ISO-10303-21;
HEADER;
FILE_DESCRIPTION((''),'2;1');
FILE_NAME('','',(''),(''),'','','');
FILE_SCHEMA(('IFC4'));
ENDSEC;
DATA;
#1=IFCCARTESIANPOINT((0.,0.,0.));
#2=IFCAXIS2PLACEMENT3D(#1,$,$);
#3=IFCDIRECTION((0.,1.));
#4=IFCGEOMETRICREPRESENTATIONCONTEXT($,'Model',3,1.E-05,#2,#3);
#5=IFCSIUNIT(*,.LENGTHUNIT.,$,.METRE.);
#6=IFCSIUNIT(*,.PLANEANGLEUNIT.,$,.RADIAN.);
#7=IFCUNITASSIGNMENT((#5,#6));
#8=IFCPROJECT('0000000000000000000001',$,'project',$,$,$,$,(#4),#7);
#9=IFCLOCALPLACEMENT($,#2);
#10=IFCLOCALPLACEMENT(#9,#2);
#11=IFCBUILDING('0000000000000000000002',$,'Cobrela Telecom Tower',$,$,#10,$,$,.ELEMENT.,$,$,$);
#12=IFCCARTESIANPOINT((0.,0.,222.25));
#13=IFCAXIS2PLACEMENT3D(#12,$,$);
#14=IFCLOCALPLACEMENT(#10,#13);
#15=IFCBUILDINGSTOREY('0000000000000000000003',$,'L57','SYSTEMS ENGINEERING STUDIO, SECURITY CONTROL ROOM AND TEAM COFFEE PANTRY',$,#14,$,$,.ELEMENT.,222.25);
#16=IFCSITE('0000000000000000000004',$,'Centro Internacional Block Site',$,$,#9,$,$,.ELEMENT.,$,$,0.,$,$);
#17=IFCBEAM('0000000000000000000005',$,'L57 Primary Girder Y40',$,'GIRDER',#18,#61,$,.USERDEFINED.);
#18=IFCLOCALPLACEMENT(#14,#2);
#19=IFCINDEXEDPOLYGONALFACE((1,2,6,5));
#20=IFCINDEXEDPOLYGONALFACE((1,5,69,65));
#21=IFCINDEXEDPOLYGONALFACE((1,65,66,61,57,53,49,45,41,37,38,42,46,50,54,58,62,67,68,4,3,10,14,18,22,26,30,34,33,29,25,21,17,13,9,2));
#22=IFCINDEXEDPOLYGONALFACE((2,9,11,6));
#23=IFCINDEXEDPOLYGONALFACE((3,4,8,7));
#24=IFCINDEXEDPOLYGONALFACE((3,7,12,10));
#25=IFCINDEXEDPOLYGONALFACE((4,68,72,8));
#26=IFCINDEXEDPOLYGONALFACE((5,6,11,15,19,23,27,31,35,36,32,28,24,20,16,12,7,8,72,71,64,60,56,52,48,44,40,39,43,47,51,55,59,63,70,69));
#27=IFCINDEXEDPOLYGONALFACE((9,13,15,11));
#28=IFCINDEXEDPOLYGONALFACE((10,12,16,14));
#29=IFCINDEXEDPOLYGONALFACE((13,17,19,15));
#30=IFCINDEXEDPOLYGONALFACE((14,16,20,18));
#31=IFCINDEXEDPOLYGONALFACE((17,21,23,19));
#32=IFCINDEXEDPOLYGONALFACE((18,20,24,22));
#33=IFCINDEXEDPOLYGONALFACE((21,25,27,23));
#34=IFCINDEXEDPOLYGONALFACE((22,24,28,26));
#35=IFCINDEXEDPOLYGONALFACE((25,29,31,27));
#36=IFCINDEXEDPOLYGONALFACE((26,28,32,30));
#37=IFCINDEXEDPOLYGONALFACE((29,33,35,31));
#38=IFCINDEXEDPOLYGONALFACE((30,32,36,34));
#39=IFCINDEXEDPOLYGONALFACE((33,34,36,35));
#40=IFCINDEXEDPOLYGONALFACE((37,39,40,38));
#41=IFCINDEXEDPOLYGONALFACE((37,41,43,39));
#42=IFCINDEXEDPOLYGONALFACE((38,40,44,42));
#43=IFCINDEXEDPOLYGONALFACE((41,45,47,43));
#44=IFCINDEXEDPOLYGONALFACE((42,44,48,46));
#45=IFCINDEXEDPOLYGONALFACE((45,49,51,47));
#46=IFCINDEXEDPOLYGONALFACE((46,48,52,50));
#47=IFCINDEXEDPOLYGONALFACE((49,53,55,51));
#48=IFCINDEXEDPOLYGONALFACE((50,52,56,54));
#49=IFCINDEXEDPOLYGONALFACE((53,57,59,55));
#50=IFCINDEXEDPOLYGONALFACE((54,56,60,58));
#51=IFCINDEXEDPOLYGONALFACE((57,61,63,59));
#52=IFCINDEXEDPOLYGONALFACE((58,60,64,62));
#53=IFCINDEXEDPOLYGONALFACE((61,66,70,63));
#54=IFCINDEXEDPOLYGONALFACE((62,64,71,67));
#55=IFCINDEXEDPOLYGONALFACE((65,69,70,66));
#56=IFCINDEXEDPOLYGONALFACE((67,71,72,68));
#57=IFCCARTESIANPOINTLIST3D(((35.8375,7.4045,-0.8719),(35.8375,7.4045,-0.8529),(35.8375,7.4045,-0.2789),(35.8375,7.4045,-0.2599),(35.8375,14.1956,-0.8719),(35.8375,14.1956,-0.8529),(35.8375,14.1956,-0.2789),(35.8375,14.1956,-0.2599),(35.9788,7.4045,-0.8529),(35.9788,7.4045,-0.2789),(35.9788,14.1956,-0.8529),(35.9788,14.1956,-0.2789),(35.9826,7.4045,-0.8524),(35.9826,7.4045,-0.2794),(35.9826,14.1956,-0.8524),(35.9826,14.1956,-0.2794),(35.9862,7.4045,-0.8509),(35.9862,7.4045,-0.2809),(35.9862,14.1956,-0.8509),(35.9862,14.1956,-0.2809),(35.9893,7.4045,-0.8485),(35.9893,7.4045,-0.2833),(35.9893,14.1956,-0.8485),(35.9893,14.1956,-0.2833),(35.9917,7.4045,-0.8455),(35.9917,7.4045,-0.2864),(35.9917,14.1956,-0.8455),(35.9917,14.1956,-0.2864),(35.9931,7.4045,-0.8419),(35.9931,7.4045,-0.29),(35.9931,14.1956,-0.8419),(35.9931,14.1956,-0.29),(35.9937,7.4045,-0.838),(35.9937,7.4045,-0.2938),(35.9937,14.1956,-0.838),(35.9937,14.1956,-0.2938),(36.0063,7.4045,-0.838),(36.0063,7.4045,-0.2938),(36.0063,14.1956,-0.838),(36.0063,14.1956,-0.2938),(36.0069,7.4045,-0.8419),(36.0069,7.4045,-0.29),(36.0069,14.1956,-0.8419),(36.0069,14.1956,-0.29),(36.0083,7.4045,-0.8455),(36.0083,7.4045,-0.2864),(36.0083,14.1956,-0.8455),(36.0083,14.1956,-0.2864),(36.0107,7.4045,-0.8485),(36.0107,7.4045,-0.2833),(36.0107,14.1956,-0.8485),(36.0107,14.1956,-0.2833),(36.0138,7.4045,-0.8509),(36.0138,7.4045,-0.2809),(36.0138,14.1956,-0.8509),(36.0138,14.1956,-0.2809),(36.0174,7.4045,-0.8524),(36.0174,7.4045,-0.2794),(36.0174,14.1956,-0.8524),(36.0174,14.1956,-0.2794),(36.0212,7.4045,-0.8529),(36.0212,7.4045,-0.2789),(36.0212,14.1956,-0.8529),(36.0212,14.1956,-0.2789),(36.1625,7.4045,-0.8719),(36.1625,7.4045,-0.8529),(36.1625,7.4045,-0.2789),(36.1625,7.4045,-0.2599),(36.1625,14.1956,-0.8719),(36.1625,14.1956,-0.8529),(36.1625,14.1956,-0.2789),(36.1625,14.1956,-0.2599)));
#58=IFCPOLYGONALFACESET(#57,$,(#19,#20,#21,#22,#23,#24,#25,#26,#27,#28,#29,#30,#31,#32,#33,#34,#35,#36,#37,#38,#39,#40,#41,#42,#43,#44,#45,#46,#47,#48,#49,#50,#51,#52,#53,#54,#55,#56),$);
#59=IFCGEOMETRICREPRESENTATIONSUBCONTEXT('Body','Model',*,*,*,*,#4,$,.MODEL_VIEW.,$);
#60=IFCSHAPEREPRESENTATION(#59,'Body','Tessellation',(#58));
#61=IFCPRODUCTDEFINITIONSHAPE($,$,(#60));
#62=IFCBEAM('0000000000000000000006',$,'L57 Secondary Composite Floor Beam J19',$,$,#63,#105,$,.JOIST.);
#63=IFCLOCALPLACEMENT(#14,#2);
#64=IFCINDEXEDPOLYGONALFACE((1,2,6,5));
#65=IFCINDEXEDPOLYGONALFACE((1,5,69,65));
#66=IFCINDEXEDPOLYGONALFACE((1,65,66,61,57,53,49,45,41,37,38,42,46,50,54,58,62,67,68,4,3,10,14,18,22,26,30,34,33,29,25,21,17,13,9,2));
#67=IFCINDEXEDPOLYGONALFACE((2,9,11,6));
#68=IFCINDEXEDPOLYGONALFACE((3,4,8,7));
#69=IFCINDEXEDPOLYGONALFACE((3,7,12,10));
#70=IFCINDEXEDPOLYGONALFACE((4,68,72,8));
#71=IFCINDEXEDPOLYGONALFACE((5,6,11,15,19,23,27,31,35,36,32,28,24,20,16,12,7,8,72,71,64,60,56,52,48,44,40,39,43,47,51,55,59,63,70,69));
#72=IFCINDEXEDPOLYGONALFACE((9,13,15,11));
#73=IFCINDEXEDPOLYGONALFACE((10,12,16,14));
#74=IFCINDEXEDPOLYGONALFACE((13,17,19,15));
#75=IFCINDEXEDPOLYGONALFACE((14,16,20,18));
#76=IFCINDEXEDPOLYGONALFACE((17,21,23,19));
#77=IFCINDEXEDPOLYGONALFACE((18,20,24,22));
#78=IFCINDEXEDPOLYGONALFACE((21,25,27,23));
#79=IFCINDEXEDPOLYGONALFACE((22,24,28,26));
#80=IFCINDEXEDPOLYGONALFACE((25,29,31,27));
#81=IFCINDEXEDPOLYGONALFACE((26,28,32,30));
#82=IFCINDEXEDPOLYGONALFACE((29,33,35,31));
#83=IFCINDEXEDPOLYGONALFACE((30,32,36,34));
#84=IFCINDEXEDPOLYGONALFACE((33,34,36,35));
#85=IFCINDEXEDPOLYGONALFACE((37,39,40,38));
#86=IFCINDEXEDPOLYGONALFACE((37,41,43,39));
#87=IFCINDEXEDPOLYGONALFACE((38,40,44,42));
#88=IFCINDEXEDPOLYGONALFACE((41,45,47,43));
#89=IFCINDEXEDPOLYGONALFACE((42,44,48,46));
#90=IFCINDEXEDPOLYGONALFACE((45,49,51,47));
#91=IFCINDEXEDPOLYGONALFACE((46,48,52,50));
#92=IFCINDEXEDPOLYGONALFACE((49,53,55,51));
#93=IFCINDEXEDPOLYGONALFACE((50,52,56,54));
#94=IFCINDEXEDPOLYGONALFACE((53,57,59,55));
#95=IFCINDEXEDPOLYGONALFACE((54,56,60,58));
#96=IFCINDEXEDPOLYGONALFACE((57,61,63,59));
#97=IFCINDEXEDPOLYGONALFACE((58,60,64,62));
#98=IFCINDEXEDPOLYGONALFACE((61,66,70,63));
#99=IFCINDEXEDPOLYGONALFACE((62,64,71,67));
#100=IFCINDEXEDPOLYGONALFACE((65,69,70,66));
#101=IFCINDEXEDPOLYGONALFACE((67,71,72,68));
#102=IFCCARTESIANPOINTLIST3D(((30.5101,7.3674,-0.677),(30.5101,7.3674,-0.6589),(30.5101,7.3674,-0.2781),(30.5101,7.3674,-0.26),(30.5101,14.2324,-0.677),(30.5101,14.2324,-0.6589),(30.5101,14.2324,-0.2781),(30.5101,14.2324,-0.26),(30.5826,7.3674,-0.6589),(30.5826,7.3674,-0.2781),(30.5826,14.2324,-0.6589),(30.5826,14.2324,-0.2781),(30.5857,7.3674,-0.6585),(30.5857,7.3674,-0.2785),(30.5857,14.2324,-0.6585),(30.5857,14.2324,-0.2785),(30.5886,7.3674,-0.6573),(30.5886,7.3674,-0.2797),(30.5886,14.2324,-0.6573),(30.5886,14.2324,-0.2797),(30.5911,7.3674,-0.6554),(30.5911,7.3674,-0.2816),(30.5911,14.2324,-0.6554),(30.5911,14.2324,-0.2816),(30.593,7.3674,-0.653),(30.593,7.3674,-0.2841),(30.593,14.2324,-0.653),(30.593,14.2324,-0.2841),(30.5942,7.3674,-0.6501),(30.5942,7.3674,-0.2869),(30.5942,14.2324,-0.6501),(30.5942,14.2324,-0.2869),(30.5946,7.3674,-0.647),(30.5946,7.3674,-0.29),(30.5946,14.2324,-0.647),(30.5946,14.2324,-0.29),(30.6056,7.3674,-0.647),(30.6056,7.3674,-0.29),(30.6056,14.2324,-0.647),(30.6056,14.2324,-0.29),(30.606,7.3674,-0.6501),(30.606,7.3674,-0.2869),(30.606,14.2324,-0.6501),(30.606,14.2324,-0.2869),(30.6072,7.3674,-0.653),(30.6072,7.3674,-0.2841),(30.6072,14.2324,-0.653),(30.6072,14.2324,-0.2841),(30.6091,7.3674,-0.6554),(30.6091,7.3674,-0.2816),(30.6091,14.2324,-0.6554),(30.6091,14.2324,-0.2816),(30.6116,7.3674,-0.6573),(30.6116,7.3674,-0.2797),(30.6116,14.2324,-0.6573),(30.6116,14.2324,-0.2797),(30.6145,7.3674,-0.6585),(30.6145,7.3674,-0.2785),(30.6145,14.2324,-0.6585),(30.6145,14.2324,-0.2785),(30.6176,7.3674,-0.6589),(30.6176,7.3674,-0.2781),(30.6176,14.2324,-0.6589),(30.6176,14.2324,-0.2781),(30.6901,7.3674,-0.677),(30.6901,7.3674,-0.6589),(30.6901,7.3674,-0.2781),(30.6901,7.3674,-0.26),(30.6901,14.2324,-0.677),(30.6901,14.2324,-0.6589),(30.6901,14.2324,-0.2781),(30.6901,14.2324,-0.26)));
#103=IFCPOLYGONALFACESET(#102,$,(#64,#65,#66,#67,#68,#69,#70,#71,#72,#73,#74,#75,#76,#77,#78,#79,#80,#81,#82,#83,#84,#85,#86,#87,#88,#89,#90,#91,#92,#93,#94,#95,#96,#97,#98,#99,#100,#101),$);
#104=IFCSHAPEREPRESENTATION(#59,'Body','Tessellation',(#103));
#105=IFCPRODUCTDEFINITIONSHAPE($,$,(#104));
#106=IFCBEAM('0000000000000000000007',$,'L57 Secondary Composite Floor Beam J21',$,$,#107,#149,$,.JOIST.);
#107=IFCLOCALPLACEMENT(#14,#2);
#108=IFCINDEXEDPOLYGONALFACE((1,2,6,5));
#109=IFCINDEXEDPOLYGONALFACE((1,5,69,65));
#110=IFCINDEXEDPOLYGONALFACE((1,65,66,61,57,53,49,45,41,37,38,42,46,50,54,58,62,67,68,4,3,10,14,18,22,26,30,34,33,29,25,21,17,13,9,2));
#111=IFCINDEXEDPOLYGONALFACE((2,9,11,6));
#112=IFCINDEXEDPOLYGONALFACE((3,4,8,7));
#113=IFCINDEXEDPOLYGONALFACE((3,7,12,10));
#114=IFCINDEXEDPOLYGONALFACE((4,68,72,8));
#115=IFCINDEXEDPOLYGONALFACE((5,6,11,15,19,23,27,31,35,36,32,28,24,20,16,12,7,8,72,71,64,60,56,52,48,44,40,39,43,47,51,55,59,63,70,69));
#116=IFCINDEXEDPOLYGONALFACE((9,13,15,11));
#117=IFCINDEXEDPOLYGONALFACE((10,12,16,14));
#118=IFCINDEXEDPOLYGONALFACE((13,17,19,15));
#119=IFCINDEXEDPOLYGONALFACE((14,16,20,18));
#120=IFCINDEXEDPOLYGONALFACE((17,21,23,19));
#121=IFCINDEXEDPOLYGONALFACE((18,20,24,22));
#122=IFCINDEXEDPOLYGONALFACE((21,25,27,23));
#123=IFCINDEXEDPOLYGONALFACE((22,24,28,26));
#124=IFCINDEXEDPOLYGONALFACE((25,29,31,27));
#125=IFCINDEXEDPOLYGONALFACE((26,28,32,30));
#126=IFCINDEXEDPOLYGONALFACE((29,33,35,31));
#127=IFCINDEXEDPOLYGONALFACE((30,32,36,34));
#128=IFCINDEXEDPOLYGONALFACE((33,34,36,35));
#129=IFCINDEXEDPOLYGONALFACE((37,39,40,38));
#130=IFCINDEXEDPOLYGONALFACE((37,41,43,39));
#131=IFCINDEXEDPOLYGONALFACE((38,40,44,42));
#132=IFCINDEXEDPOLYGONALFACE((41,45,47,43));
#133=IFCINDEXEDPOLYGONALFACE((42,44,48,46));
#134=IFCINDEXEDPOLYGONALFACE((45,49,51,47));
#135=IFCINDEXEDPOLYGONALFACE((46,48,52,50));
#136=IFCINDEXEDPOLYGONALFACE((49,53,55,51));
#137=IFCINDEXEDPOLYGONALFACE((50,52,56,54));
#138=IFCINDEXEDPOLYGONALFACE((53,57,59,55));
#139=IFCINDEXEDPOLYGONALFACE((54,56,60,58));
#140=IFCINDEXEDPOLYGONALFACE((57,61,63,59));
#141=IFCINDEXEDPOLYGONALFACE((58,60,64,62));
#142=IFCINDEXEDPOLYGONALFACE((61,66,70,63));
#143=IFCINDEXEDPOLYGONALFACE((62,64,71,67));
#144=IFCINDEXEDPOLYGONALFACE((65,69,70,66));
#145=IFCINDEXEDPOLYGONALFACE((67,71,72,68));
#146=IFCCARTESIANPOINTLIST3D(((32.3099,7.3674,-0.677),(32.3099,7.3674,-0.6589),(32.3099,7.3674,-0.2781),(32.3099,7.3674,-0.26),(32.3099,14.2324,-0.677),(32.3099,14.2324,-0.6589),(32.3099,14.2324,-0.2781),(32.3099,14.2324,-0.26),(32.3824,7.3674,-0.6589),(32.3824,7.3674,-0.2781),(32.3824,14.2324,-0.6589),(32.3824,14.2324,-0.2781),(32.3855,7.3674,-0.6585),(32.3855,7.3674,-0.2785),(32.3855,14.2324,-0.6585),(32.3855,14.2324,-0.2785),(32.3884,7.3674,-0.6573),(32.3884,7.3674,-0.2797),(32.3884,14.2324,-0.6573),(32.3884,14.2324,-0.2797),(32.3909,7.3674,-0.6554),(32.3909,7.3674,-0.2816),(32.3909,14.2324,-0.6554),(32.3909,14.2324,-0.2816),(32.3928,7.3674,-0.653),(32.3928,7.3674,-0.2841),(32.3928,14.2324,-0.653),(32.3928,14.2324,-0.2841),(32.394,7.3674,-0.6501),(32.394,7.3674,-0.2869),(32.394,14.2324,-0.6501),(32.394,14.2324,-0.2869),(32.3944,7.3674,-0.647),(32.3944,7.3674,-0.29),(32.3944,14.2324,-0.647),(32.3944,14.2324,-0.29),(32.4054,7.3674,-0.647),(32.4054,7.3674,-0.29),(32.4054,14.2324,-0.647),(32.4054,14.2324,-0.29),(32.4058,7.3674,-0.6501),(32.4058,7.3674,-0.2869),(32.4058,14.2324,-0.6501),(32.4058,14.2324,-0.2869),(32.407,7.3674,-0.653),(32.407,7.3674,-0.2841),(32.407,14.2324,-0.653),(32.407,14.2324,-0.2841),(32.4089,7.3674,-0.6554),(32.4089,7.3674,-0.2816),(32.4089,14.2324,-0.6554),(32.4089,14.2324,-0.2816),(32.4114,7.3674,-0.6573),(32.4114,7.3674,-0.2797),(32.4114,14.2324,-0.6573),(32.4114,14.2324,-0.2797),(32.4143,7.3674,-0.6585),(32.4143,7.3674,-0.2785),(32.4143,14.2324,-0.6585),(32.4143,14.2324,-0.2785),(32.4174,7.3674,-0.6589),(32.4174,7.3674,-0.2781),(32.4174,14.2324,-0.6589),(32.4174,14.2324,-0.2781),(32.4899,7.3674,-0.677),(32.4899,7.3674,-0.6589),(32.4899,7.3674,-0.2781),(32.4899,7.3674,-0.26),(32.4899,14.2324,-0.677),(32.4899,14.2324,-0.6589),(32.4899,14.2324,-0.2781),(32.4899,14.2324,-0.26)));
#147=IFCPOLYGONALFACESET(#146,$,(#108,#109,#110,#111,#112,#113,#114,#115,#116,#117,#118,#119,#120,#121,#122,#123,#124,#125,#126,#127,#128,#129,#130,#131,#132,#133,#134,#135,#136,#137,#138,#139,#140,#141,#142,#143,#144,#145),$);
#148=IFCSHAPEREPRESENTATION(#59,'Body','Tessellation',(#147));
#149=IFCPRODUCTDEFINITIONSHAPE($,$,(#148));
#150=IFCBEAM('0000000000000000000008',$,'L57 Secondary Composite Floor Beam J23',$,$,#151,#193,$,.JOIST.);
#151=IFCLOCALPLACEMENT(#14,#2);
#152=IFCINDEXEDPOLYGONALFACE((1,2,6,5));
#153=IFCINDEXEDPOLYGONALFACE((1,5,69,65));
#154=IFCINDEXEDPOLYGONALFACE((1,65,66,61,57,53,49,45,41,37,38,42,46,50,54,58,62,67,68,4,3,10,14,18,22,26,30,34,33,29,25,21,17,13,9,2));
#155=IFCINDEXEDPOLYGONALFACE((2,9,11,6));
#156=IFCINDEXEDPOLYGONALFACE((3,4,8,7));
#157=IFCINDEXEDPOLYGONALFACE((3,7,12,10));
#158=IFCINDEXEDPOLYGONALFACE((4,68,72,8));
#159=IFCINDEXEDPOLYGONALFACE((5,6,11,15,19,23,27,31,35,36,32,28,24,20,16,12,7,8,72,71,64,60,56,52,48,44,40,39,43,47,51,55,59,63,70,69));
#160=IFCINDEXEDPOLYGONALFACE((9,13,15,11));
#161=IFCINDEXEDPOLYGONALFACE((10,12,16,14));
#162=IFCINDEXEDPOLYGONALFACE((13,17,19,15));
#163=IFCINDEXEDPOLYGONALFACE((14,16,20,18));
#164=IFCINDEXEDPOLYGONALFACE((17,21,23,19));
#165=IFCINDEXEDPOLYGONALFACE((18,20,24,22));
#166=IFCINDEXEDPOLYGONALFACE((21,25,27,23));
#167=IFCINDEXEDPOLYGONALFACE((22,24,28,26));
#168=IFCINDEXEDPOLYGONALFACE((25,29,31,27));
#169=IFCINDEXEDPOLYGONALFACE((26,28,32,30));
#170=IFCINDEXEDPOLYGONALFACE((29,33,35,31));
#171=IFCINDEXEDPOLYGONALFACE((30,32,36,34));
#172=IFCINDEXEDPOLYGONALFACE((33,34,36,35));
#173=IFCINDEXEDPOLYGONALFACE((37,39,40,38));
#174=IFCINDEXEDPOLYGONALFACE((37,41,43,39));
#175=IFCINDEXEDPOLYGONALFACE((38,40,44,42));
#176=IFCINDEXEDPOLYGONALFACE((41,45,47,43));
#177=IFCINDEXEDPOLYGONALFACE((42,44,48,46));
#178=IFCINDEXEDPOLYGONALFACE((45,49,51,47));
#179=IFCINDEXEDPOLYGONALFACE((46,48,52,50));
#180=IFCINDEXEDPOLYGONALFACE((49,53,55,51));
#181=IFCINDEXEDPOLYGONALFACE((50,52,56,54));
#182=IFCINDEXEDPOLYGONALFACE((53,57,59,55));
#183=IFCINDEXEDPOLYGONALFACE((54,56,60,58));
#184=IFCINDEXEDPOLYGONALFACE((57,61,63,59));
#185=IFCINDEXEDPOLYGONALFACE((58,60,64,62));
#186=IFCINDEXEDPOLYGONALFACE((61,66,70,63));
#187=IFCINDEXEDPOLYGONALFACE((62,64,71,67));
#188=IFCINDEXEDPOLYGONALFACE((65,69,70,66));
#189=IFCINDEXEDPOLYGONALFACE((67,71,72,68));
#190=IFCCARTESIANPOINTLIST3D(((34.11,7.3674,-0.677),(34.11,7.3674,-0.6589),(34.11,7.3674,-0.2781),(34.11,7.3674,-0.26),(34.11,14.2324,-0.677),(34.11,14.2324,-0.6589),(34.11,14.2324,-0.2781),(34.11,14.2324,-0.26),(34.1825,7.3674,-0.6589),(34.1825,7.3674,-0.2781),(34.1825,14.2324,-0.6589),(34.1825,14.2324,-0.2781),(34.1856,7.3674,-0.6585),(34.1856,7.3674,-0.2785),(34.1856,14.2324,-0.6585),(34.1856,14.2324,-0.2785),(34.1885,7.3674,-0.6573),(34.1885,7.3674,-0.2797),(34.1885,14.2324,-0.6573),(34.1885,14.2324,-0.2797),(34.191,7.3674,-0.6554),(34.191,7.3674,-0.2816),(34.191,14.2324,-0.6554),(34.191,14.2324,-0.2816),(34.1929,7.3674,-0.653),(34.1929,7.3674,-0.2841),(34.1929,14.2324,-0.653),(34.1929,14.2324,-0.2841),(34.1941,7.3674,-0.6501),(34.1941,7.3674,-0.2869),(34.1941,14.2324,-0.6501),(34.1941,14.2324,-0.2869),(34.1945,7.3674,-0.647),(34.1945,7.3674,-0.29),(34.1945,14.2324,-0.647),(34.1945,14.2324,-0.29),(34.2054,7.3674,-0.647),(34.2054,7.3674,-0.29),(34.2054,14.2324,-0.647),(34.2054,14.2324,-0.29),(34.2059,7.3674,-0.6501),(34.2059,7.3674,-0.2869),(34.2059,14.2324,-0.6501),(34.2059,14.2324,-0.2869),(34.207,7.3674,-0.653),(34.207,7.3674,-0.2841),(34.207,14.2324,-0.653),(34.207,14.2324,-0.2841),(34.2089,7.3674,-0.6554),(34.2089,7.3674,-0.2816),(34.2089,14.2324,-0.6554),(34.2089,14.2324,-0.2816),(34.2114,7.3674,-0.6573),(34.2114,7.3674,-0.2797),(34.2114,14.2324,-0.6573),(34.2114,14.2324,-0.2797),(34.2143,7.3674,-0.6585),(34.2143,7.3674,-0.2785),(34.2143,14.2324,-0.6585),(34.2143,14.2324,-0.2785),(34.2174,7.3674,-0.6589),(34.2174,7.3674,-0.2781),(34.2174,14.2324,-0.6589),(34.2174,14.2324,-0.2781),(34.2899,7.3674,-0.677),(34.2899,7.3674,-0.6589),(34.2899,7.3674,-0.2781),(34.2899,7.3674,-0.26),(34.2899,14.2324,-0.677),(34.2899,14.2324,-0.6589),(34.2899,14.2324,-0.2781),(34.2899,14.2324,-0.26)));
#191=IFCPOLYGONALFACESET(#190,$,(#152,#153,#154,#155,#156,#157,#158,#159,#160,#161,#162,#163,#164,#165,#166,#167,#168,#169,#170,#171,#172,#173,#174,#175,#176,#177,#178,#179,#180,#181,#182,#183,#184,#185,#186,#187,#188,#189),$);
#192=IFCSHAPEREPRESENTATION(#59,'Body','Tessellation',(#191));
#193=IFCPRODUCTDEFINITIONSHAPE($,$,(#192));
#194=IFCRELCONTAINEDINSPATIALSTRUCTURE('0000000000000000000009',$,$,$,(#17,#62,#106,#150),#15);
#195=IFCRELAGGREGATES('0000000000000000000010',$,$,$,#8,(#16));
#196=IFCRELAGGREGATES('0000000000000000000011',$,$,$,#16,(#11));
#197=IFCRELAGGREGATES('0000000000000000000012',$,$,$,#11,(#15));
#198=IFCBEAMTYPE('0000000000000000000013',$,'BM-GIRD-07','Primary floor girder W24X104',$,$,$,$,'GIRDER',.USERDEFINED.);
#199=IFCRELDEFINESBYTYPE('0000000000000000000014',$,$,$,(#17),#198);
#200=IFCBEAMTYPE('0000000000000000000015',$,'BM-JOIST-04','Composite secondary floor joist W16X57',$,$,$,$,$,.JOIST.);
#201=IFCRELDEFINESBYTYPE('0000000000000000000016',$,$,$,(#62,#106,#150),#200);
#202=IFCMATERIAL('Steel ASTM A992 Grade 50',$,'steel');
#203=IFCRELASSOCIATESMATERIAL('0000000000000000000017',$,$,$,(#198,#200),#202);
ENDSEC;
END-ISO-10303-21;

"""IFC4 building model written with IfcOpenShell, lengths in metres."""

from ifc_helpers import new_model, si_unit, direction, frame, origin, origin_2d, place, context, subcontext, project, spatial, i_section, extrude, material, material_profile, profile_set, type_object, element, save


model = new_model("IFC4")

# Units and contexts
model_context = context("Model", 3, precision=1e-05, world=origin(), true_north=direction((0.0, 1.0)))
body_context = subcontext(model_context, "Body", "Model", "MODEL_VIEW")
ifc_project = project(units=[si_unit("LENGTHUNIT", "METRE"), si_unit("PLANEANGLEUNIT", "RADIAN")], contexts=[model_context])

# Site, building, storey
site_placement = place(None, origin())
site = spatial("IfcSite", under=ifc_project, at=site_placement, Name="Centro Internacional Block Site", CompositionType="ELEMENT", RefElevation=0.0)
building_placement = place(site_placement, origin())
building = spatial("IfcBuilding", under=site, at=building_placement, Name="Cobrela Telecom Tower", CompositionType="ELEMENT")
storey_placement = place(building_placement, frame((0.0, 0.0, 222.25)))
storey = spatial("IfcBuildingStorey", under=building, at=storey_placement, Name="L57", Description="SYSTEMS ENGINEERING STUDIO, SECURITY CONTROL ROOM AND TEAM COFFEE PANTRY", CompositionType="ELEMENT", Elevation=222.25)

# Shared definitions
ifc_material_1 = material(Name="Steel ASTM A992 Grade 50", Category="steel")

# Beams
ifc_material_profile_1 = material_profile(ifc_material_1, i_section(OverallWidth=0.325, OverallDepth=0.6121, WebThickness=0.0127, FlangeThickness=0.019, FilletRadius=0.0149, at=origin_2d()), Name="W24X104")
ifc_profile_set_1 = profile_set([ifc_material_profile_1], Name="Steel ASTM A992 Grade 50")
beam_type_1 = type_object("IfcBeamType", Name="BM-GIRD-07", Description="Primary floor girder W24X104", ElementType="GIRDER", PredefinedType="USERDEFINED", material=ifc_profile_set_1)
beam_1_placement = place(storey_placement, frame((36.0, 7.4045, -0.5659), z_axis=(0.0, 1.0, 0.0), x_axis=(-1.0, 0.0, 0.0)))
element("IfcBeam", 1, at=beam_1_placement, inside=storey, type_object=beam_type_1, Name="L57 Primary Girder Y40", ObjectType="GIRDER", PredefinedType="USERDEFINED", context=body_context, shape_type="SweptSolid", body=[
    extrude(i_section(OverallWidth=0.325, OverallDepth=0.6121, WebThickness=0.0127, FlangeThickness=0.019, FilletRadius=0.0149, at=origin_2d()), origin(), (0.0, 0.0, 1.0), 6.791),
])
ifc_material_profile_2 = material_profile(ifc_material_1, i_section(OverallWidth=0.1799, OverallDepth=0.417, WebThickness=0.011, FlangeThickness=0.0181, FilletRadius=0.012, at=origin_2d()), Name="W16X57")
ifc_profile_set_2 = profile_set([ifc_material_profile_2], Name="Steel ASTM A992 Grade 50")
beam_type_2 = type_object("IfcBeamType", Name="BM-JOIST-04", Description="Composite secondary floor joist W16X57", PredefinedType="JOIST", material=ifc_profile_set_2)
for number, where, z_axis, x_axis, name in (
    (2, (30.6001, 7.3674, -0.4685), (0.0, 1.0, 0.0), (-1.0, 0.0, 0.0), "L57 Secondary Composite Floor Beam J19"),
    (3, (32.3999, 7.3674, -0.4685), (0.0, 1.0, 0.0), (-1.0, 0.0, 0.0), "L57 Secondary Composite Floor Beam J21"),
    (4, (34.2, 7.3674, -0.4685), (0.0, 1.0, 0.0), (-1.0, 0.0, 0.0), "L57 Secondary Composite Floor Beam J23"),
):
    element("IfcBeam", number, at=place(storey_placement, frame(where, z_axis=z_axis, x_axis=x_axis)), inside=storey, type_object=beam_type_2, Name=name, PredefinedType="JOIST", context=body_context, shape_type="SweptSolid", body=[
        extrude(i_section(OverallWidth=0.1799, OverallDepth=0.417, WebThickness=0.011, FlangeThickness=0.0181, FilletRadius=0.012, at=origin_2d()), origin(), (0.0, 0.0, 1.0), 6.865),
    ])

save(model, "model.ifc")
